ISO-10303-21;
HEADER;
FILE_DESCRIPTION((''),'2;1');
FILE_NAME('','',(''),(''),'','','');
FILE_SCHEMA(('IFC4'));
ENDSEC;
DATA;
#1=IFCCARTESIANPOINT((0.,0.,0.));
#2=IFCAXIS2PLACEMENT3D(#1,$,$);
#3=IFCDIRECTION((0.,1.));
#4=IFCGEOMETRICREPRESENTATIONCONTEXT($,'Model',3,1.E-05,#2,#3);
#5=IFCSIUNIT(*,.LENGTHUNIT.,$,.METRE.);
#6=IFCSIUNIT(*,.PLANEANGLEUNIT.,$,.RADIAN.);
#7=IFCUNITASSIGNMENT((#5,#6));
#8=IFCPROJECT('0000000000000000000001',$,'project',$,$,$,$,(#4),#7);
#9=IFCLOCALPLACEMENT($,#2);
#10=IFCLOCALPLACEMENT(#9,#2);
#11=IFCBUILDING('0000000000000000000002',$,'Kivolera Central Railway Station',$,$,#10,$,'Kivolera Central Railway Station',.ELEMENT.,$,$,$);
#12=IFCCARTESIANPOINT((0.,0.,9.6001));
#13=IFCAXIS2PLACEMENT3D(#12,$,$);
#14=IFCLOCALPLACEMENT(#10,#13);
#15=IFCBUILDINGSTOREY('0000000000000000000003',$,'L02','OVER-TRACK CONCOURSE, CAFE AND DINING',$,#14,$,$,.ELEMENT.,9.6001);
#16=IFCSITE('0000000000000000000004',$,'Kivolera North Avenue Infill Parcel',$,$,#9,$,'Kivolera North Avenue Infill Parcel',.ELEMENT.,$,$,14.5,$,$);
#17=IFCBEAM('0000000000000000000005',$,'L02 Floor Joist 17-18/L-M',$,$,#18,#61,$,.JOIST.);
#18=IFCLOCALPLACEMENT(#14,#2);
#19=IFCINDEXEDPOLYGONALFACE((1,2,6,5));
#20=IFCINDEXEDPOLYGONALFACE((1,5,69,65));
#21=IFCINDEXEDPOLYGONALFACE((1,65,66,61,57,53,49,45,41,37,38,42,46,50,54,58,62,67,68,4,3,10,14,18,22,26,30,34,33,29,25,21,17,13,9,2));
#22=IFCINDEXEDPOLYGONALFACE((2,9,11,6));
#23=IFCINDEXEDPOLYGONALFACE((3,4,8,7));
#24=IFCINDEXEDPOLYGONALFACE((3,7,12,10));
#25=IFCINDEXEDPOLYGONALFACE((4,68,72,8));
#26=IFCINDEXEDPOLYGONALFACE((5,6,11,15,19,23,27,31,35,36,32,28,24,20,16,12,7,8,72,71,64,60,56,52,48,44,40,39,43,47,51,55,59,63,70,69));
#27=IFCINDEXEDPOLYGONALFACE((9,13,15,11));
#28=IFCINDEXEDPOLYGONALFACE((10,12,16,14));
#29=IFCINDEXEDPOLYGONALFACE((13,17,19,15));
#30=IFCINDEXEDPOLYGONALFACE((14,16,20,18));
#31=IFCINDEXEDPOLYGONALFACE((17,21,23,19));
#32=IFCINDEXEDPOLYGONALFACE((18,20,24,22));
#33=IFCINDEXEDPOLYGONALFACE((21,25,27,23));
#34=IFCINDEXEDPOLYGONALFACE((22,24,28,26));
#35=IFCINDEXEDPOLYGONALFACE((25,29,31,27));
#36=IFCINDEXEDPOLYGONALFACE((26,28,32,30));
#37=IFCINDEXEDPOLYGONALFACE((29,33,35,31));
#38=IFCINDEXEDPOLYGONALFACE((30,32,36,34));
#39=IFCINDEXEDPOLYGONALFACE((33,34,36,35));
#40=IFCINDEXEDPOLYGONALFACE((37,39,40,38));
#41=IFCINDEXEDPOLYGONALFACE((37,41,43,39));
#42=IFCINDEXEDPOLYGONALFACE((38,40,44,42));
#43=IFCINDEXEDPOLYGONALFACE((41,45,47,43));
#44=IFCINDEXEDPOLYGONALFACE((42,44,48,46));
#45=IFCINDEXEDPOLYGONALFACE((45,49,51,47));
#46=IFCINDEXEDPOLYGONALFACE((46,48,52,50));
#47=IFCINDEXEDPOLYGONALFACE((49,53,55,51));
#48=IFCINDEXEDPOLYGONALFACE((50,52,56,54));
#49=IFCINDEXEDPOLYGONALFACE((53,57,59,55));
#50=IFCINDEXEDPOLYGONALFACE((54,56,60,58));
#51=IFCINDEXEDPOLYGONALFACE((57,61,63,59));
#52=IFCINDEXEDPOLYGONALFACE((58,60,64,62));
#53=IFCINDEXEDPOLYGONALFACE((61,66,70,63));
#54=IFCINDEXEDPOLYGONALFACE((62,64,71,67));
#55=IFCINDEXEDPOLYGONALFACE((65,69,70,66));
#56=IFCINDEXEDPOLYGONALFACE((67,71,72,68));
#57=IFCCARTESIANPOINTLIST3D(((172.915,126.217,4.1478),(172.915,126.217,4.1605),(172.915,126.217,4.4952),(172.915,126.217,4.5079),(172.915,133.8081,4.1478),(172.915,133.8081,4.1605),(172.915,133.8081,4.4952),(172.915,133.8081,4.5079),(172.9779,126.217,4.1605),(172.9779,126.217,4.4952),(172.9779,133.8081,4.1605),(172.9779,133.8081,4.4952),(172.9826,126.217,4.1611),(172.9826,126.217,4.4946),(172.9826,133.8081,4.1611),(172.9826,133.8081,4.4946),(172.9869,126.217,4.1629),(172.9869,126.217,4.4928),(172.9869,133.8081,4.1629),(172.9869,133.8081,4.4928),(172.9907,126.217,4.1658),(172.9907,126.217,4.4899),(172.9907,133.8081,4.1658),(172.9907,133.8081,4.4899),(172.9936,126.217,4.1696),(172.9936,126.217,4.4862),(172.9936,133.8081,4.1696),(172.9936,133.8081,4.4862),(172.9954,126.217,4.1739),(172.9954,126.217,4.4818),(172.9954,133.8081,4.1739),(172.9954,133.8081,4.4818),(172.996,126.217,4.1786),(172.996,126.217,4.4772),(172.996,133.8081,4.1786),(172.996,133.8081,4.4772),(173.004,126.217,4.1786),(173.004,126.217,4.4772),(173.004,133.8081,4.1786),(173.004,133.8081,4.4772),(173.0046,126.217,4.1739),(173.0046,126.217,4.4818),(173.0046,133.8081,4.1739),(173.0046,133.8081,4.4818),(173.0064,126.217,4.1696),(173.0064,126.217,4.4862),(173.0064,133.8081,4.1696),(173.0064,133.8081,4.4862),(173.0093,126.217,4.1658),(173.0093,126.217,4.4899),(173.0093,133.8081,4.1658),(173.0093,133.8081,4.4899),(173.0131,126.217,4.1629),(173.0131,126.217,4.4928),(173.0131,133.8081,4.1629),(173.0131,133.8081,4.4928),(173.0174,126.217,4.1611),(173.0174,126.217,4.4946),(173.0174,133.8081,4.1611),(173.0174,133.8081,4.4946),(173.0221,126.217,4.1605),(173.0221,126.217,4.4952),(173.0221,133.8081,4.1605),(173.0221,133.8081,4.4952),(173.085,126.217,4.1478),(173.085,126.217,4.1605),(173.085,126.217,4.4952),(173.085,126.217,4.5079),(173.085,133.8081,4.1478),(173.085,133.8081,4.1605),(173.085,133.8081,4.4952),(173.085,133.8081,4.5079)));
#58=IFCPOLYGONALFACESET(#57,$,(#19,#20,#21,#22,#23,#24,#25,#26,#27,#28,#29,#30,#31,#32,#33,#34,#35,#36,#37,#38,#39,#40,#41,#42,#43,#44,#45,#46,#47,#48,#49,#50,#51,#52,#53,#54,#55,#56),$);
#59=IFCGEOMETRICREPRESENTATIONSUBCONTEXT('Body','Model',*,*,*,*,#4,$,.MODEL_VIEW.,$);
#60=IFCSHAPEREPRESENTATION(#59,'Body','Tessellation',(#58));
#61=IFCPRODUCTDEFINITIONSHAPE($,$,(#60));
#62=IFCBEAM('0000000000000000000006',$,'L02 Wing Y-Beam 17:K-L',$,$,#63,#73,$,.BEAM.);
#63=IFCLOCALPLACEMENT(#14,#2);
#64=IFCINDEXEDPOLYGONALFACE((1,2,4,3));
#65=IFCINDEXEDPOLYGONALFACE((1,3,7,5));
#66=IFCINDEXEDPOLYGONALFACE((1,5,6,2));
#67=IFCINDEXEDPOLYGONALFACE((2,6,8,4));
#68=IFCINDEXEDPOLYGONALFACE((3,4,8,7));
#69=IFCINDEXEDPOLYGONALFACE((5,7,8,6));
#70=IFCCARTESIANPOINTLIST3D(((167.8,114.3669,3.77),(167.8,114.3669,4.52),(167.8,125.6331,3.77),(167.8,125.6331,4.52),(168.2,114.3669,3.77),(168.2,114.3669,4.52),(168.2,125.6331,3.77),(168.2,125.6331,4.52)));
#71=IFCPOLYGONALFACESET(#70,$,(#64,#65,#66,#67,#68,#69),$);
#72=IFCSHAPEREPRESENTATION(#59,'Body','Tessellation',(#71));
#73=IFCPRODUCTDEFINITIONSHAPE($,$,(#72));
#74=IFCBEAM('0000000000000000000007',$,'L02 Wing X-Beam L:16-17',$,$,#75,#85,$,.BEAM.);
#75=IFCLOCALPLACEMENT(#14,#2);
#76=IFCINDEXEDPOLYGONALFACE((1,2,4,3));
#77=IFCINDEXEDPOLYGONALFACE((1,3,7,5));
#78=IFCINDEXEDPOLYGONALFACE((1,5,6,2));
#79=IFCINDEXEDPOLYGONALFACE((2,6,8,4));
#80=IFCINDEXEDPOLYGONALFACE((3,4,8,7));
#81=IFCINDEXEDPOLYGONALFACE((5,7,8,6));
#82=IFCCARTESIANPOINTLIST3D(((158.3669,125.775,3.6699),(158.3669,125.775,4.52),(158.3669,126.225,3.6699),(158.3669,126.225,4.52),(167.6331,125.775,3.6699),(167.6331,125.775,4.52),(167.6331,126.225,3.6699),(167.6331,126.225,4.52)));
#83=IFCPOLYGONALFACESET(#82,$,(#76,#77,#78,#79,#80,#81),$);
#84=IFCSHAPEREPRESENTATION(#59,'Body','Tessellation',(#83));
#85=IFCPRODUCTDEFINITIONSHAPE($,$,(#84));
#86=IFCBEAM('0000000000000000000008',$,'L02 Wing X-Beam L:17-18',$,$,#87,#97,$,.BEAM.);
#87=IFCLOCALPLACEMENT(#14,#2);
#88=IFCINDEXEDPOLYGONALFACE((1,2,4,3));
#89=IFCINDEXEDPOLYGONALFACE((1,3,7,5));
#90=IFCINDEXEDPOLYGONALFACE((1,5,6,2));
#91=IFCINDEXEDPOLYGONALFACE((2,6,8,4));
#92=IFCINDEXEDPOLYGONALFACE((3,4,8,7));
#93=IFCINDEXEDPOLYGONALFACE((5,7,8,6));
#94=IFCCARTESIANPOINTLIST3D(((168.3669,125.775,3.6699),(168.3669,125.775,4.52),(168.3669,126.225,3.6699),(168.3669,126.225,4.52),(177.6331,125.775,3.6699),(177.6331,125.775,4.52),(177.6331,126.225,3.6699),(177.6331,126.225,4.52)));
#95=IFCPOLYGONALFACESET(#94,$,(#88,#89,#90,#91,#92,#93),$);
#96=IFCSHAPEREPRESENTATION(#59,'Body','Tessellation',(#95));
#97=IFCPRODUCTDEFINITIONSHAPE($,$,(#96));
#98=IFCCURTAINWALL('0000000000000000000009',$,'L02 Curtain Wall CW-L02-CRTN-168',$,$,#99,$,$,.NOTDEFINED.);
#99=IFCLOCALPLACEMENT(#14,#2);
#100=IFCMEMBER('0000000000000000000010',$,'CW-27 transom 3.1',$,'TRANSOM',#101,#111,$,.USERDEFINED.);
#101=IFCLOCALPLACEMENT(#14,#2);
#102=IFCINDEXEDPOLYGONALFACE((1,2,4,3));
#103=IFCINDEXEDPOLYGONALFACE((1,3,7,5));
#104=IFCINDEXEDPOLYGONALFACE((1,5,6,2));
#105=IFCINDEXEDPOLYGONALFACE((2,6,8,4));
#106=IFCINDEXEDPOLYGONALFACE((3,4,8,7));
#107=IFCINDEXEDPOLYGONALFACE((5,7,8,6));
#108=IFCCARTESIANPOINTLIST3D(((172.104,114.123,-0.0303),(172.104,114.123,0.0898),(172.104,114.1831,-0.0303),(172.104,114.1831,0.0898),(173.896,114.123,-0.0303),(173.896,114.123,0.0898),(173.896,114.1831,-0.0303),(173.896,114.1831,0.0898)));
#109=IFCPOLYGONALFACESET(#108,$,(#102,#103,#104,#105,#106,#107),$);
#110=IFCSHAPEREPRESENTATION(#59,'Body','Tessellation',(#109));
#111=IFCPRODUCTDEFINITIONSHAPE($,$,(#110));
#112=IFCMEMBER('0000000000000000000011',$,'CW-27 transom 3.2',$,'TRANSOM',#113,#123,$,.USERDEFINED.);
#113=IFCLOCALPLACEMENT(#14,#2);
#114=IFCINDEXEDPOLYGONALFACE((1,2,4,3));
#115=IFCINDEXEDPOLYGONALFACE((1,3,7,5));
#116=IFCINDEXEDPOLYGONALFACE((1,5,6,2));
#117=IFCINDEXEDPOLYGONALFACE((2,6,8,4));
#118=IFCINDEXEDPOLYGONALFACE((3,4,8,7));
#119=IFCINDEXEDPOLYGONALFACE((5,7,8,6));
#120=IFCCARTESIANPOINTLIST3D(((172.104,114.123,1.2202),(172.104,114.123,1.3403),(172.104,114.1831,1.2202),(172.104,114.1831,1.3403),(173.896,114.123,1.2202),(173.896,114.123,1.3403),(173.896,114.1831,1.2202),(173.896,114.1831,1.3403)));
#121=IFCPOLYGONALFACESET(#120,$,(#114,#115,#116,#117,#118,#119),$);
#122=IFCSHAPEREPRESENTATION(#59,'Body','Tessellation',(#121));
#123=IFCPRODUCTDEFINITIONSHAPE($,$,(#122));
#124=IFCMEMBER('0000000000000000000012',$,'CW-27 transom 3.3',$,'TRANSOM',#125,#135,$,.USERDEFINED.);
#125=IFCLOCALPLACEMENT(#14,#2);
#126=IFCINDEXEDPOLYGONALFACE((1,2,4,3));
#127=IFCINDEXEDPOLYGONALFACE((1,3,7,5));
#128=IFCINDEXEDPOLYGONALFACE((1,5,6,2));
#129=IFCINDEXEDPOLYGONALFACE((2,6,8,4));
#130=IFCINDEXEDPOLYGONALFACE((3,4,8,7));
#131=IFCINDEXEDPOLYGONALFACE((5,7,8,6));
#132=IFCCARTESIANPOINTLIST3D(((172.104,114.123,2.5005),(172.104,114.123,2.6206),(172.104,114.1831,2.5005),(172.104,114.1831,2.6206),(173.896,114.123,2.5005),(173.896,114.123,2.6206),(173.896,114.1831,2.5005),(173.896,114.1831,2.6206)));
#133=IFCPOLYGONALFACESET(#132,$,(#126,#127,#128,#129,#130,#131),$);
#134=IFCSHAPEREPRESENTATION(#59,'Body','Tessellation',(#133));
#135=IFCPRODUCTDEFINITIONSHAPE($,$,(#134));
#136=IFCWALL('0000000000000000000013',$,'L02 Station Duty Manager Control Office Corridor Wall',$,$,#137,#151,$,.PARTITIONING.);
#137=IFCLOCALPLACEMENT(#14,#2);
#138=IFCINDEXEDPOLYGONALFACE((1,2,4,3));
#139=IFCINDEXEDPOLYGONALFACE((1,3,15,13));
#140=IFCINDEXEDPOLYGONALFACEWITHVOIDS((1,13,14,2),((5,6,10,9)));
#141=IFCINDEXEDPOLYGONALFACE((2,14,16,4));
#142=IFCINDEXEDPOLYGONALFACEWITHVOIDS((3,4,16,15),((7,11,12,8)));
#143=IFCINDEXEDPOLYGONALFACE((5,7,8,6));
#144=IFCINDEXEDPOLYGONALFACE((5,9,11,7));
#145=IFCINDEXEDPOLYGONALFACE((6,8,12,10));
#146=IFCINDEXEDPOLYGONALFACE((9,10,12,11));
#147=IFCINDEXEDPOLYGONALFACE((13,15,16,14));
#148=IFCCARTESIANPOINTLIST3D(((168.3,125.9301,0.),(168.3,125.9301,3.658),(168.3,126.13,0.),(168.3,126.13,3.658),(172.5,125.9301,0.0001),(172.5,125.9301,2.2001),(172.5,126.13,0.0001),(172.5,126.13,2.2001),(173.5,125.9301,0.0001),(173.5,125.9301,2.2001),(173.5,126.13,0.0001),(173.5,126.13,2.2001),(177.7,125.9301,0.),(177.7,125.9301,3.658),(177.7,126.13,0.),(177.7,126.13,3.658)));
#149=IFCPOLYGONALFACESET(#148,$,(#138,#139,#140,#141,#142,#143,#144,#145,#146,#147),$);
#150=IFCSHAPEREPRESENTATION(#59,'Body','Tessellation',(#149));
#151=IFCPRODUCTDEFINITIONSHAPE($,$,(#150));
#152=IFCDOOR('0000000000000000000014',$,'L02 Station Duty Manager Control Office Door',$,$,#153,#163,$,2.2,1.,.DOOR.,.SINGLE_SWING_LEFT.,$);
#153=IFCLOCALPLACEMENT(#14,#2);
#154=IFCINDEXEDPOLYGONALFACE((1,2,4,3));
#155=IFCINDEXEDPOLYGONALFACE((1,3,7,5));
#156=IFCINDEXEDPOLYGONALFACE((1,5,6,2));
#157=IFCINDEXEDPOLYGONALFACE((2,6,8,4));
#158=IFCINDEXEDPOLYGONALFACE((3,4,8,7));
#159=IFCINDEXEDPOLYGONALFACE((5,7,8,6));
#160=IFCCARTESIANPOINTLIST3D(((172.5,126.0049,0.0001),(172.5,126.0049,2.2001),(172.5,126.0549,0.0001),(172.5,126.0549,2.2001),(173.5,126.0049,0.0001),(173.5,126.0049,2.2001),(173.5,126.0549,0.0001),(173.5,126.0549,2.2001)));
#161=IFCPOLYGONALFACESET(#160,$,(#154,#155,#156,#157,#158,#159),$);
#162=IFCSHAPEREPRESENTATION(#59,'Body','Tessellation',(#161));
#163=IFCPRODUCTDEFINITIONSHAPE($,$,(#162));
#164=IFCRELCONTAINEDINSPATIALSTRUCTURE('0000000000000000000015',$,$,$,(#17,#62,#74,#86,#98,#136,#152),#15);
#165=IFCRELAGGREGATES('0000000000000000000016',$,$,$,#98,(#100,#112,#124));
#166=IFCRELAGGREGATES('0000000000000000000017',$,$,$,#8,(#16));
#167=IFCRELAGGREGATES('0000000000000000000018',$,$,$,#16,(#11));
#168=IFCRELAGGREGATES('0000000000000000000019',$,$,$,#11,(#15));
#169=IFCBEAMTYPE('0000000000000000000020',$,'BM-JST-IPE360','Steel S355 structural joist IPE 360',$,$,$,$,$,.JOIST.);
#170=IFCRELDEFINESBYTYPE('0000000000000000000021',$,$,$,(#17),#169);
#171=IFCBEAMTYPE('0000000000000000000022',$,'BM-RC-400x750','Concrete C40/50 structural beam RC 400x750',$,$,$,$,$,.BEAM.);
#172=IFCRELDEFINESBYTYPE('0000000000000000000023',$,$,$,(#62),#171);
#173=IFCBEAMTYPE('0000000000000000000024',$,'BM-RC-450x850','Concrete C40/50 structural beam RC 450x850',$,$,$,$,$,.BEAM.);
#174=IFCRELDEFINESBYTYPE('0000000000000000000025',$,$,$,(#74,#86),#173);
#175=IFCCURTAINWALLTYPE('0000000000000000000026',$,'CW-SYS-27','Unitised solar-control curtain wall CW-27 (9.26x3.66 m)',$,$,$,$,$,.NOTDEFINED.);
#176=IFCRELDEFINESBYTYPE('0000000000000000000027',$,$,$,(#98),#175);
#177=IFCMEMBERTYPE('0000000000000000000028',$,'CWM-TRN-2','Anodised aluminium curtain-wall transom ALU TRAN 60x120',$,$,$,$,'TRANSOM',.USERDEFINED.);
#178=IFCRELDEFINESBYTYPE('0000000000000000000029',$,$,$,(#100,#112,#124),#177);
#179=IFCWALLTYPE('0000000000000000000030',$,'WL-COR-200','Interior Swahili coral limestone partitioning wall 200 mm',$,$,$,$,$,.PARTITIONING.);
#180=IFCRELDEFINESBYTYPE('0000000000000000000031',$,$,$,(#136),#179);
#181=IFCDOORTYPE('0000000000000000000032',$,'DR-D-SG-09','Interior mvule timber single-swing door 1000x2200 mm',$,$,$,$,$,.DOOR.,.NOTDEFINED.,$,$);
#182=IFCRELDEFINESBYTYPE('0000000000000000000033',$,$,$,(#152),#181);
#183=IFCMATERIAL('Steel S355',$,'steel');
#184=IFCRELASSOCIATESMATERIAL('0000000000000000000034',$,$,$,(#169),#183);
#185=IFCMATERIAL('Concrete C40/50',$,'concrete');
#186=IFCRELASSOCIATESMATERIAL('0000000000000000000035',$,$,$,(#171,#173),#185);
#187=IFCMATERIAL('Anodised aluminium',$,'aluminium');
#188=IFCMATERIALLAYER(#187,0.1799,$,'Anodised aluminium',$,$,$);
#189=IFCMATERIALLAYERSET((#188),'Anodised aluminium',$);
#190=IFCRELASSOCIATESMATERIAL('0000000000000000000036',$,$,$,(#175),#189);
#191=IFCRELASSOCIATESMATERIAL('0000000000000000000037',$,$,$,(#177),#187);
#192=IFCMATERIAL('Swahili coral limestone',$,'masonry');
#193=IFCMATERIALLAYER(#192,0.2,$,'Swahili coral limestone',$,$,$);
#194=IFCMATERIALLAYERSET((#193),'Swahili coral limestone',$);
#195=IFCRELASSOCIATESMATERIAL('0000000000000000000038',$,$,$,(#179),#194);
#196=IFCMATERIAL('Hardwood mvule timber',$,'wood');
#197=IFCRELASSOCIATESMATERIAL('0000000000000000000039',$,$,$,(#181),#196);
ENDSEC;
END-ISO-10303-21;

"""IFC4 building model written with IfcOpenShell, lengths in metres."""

from ifc_helpers import new_model, si_unit, direction, frame, frame_2d, origin, origin_2d, place, context, subcontext, project, spatial, rectangle, i_section, extrude, material, layer, layer_set, material_profile, profile_set, type_object, element, fill, aggregate, save


model = new_model("IFC4")

# Units and contexts
model_context = context("Model", 3, precision=1e-05, world=origin(), true_north=direction((0.0, 1.0)))
body_context = subcontext(model_context, "Body", "Model", "MODEL_VIEW")
ifc_project = project(units=[si_unit("LENGTHUNIT", "METRE"), si_unit("PLANEANGLEUNIT", "RADIAN")], contexts=[model_context])

# Site, building, storey
site_placement = place(None, origin())
site = spatial("IfcSite", under=ifc_project, at=site_placement, Name="Kivolera North Avenue Infill Parcel", LongName="Kivolera North Avenue Infill Parcel", CompositionType="ELEMENT", RefElevation=14.5)
building_placement = place(site_placement, origin())
building = spatial("IfcBuilding", under=site, at=building_placement, Name="Kivolera Central Railway Station", LongName="Kivolera Central Railway Station", CompositionType="ELEMENT")
storey_placement = place(building_placement, frame((0.0, 0.0, 9.6001)))
storey = spatial("IfcBuildingStorey", under=building, at=storey_placement, Name="L02", Description="OVER-TRACK CONCOURSE, CAFE AND DINING", CompositionType="ELEMENT", Elevation=9.6001)

# Shared definitions
ifc_material_1 = material(Name="Concrete C40/50", Category="concrete")

# Beams
ifc_material_2 = material(Name="Steel S355", Category="steel")
ifc_material_profile_1 = material_profile(ifc_material_2, i_section(OverallWidth=0.1699, OverallDepth=0.3601, WebThickness=0.0081, FlangeThickness=0.0127, FilletRadius=0.0181, at=origin_2d()), Name="IPE 360")
ifc_profile_set_1 = profile_set([ifc_material_profile_1], Name="Steel S355")
beam_type_1 = type_object("IfcBeamType", Name="BM-JST-IPE360", Description="Steel S355 structural joist IPE 360", PredefinedType="JOIST", material=ifc_profile_set_1)
beam_1_placement = place(storey_placement, frame((173.0, 126.217, 4.3279), z_axis=(0.0, 1.0, 0.0), x_axis=(-1.0, 0.0, 0.0)))
element("IfcBeam", 1, at=beam_1_placement, inside=storey, type_object=beam_type_1, Name="L02 Floor Joist 17-18/L-M", PredefinedType="JOIST", context=body_context, shape_type="SweptSolid", body=[
    extrude(i_section(OverallWidth=0.1699, OverallDepth=0.3601, WebThickness=0.0081, FlangeThickness=0.0127, FilletRadius=0.0181, at=origin_2d()), origin(), (0.0, 0.0, 1.0), 7.5911),
])
ifc_material_profile_2 = material_profile(ifc_material_1, rectangle(XDim=0.3999, YDim=0.75, at=origin_2d()), Name="RC 400x750")
ifc_profile_set_2 = profile_set([ifc_material_profile_2], Name="Concrete C40/50")
beam_type_2 = type_object("IfcBeamType", Name="BM-RC-400x750", Description="Concrete C40/50 structural beam RC 400x750", PredefinedType="BEAM", material=ifc_profile_set_2)
beam_2_placement = place(storey_placement, frame((168.0, 114.3669, 4.145), z_axis=(0.0, 1.0, 0.0), x_axis=(-1.0, 0.0, 0.0)))
element("IfcBeam", 2, at=beam_2_placement, inside=storey, type_object=beam_type_2, Name="L02 Wing Y-Beam 17:K-L", PredefinedType="BEAM", context=body_context, shape_type="SweptSolid", body=[
    extrude(rectangle(XDim=0.3999, YDim=0.75, at=origin_2d()), origin(), (0.0, 0.0, 1.0), 11.2661),
])
ifc_material_profile_3 = material_profile(ifc_material_1, rectangle(XDim=0.45, YDim=0.8501, at=origin_2d()), Name="RC 450x850")
ifc_profile_set_3 = profile_set([ifc_material_profile_3], Name="Concrete C40/50")
beam_type_3 = type_object("IfcBeamType", Name="BM-RC-450x850", Description="Concrete C40/50 structural beam RC 450x850", PredefinedType="BEAM", material=ifc_profile_set_3)
for number, where, z_axis, x_axis, name in (
    (3, (158.3669, 126.0, 4.095), (1.0, 0.0, 0.0), (0.0, 1.0, 0.0), "L02 Wing X-Beam L:16-17"),
    (4, (168.3669, 126.0, 4.095), (1.0, 0.0, 0.0), (0.0, 1.0, 0.0), "L02 Wing X-Beam L:17-18"),
):
    element("IfcBeam", number, at=place(storey_placement, frame(where, z_axis=z_axis, x_axis=x_axis)), inside=storey, type_object=beam_type_3, Name=name, PredefinedType="BEAM", context=body_context, shape_type="SweptSolid", body=[
        extrude(rectangle(XDim=0.45, YDim=0.8501, at=origin_2d()), origin(), (0.0, 0.0, 1.0), 9.2661),
    ])

# Curtain wall, members
ifc_material_3 = material(Name="Anodised aluminium", Category="aluminium")
ifc_layer_1 = layer(ifc_material_3, 0.1799, Name="Anodised aluminium")
ifc_layer_set_1 = layer_set([ifc_layer_1], Name="Anodised aluminium")
curtain_wall_type = type_object("IfcCurtainWallType", Name="CW-SYS-27", Description="Unitised solar-control curtain wall CW-27 (9.26x3.66 m)", PredefinedType="NOTDEFINED", material=ifc_layer_set_1)
curtain_wall_placement = place(storey_placement, origin())
curtain_wall = element("IfcCurtainWall", 5, at=curtain_wall_placement, inside=storey, type_object=curtain_wall_type, Name="L02 Curtain Wall CW-L02-CRTN-168", PredefinedType="NOTDEFINED")
ifc_material_profile_4 = material_profile(ifc_material_3, rectangle(XDim=0.0601, YDim=0.1201, at=origin_2d()), Name="ALU TRAN 60x120")
ifc_profile_set_4 = profile_set([ifc_material_profile_4], Name="Anodised aluminium")
member_type = type_object("IfcMemberType", Name="CWM-TRN-2", Description="Anodised aluminium curtain-wall transom ALU TRAN 60x120", ElementType="TRANSOM", PredefinedType="USERDEFINED", material=ifc_profile_set_4)
member_1_placement = place(storey_placement, frame((173.896, 114.1531, 0.0298), z_axis=(-1.0, 0.0, 0.0), x_axis=(0.0, -1.0, 0.0)))
member_1 = element("IfcMember", 6, at=member_1_placement, type_object=member_type, Name="CW-27 transom 3.1", ObjectType="TRANSOM", PredefinedType="USERDEFINED", context=body_context, shape_type="SweptSolid", body=[
    extrude(rectangle(XDim=0.0601, YDim=0.1201, at=origin_2d()), origin(), (0.0, 0.0, 1.0), 1.792),
])
member_2_placement = place(storey_placement, frame((173.896, 114.1531, 1.2803), z_axis=(-1.0, 0.0, 0.0), x_axis=(0.0, -1.0, 0.0)))
member_2 = element("IfcMember", 7, at=member_2_placement, type_object=member_type, Name="CW-27 transom 3.2", ObjectType="TRANSOM", PredefinedType="USERDEFINED", context=body_context, shape_type="SweptSolid", body=[
    extrude(rectangle(XDim=0.0601, YDim=0.1201, at=origin_2d()), origin(), (0.0, 0.0, 1.0), 1.792),
])
member_3_placement = place(storey_placement, frame((173.896, 114.1531, 2.5605), z_axis=(-1.0, 0.0, 0.0), x_axis=(0.0, -1.0, 0.0)))
member_3 = element("IfcMember", 8, at=member_3_placement, type_object=member_type, Name="CW-27 transom 3.3", ObjectType="TRANSOM", PredefinedType="USERDEFINED", context=body_context, shape_type="SweptSolid", body=[
    extrude(rectangle(XDim=0.0601, YDim=0.1201, at=origin_2d()), origin(), (0.0, 0.0, 1.0), 1.792),
])
aggregate(curtain_wall, [member_1, member_2, member_3])

# Wall, opening, door
ifc_material_4 = material(Name="Swahili coral limestone", Category="masonry")
ifc_layer_2 = layer(ifc_material_4, 0.2, Name="Swahili coral limestone")
ifc_layer_set_2 = layer_set([ifc_layer_2], Name="Swahili coral limestone")
wall_type_1 = type_object("IfcWallType", Name="WL-COR-200", Description="Interior Swahili coral limestone partitioning wall 200 mm", PredefinedType="PARTITIONING", material=ifc_layer_set_2)
wall_1_placement = place(storey_placement, frame((168.3, 126.03, 0.0), z_axis=(0.0, 0.0, 1.0), x_axis=(1.0, 0.0, 0.0)))
wall_1 = element("IfcWall", 9, at=wall_1_placement, inside=storey, type_object=wall_type_1, Name="L02 Station Duty Manager Control Office Corridor Wall", PredefinedType="PARTITIONING", context=body_context, shape_type="SweptSolid", body=[
    extrude(rectangle(XDim=9.3999, YDim=0.2, at=frame_2d((4.7, 0.0))), origin(), (0.0, 0.0, 1.0), 3.658),
])
opening_1_placement = place(wall_1_placement, frame((4.2, 0.0, 0.0)))
opening_1 = element("IfcOpeningElement", 10, at=opening_1_placement, cuts=wall_1, PredefinedType="OPENING", context=body_context, shape_type="SweptSolid", body=[
    extrude(rectangle(XDim=1.0, YDim=2.2, at=frame_2d((0.5, 1.1001))), frame((0.0, 0.1099, 0.0), z_axis=(0.0, -1.0, 0.0), x_axis=(1.0, 0.0, 0.0)), (0.0, 0.0, 1.0), 0.22),
])
ifc_material_5 = material(Name="Hardwood mvule timber", Category="wood")
door_type_1 = type_object("IfcDoorType", Name="DR-D-SG-09", Description="Interior mvule timber single-swing door 1000x2200 mm", OperationType="NOTDEFINED", PredefinedType="DOOR", material=ifc_material_5)
door_1_placement = place(opening_1_placement, origin())
door_1 = element("IfcDoor", 11, at=door_1_placement, inside=storey, type_object=door_type_1, Name="L02 Station Duty Manager Control Office Door", OperationType="SINGLE_SWING_LEFT", OverallHeight=2.2, OverallWidth=1.0, PredefinedType="DOOR", context=body_context, shape_type="SweptSolid", body=[
    extrude(rectangle(XDim=1.0, YDim=2.2, at=frame_2d((0.5, 1.1001))), frame((0.0, 0.0249, 0.0), z_axis=(0.0, -1.0, 0.0), x_axis=(1.0, 0.0, 0.0)), (0.0, 0.0, 1.0), 0.05),
])
fill(opening_1, door_1)

save(model, "model.ifc")
